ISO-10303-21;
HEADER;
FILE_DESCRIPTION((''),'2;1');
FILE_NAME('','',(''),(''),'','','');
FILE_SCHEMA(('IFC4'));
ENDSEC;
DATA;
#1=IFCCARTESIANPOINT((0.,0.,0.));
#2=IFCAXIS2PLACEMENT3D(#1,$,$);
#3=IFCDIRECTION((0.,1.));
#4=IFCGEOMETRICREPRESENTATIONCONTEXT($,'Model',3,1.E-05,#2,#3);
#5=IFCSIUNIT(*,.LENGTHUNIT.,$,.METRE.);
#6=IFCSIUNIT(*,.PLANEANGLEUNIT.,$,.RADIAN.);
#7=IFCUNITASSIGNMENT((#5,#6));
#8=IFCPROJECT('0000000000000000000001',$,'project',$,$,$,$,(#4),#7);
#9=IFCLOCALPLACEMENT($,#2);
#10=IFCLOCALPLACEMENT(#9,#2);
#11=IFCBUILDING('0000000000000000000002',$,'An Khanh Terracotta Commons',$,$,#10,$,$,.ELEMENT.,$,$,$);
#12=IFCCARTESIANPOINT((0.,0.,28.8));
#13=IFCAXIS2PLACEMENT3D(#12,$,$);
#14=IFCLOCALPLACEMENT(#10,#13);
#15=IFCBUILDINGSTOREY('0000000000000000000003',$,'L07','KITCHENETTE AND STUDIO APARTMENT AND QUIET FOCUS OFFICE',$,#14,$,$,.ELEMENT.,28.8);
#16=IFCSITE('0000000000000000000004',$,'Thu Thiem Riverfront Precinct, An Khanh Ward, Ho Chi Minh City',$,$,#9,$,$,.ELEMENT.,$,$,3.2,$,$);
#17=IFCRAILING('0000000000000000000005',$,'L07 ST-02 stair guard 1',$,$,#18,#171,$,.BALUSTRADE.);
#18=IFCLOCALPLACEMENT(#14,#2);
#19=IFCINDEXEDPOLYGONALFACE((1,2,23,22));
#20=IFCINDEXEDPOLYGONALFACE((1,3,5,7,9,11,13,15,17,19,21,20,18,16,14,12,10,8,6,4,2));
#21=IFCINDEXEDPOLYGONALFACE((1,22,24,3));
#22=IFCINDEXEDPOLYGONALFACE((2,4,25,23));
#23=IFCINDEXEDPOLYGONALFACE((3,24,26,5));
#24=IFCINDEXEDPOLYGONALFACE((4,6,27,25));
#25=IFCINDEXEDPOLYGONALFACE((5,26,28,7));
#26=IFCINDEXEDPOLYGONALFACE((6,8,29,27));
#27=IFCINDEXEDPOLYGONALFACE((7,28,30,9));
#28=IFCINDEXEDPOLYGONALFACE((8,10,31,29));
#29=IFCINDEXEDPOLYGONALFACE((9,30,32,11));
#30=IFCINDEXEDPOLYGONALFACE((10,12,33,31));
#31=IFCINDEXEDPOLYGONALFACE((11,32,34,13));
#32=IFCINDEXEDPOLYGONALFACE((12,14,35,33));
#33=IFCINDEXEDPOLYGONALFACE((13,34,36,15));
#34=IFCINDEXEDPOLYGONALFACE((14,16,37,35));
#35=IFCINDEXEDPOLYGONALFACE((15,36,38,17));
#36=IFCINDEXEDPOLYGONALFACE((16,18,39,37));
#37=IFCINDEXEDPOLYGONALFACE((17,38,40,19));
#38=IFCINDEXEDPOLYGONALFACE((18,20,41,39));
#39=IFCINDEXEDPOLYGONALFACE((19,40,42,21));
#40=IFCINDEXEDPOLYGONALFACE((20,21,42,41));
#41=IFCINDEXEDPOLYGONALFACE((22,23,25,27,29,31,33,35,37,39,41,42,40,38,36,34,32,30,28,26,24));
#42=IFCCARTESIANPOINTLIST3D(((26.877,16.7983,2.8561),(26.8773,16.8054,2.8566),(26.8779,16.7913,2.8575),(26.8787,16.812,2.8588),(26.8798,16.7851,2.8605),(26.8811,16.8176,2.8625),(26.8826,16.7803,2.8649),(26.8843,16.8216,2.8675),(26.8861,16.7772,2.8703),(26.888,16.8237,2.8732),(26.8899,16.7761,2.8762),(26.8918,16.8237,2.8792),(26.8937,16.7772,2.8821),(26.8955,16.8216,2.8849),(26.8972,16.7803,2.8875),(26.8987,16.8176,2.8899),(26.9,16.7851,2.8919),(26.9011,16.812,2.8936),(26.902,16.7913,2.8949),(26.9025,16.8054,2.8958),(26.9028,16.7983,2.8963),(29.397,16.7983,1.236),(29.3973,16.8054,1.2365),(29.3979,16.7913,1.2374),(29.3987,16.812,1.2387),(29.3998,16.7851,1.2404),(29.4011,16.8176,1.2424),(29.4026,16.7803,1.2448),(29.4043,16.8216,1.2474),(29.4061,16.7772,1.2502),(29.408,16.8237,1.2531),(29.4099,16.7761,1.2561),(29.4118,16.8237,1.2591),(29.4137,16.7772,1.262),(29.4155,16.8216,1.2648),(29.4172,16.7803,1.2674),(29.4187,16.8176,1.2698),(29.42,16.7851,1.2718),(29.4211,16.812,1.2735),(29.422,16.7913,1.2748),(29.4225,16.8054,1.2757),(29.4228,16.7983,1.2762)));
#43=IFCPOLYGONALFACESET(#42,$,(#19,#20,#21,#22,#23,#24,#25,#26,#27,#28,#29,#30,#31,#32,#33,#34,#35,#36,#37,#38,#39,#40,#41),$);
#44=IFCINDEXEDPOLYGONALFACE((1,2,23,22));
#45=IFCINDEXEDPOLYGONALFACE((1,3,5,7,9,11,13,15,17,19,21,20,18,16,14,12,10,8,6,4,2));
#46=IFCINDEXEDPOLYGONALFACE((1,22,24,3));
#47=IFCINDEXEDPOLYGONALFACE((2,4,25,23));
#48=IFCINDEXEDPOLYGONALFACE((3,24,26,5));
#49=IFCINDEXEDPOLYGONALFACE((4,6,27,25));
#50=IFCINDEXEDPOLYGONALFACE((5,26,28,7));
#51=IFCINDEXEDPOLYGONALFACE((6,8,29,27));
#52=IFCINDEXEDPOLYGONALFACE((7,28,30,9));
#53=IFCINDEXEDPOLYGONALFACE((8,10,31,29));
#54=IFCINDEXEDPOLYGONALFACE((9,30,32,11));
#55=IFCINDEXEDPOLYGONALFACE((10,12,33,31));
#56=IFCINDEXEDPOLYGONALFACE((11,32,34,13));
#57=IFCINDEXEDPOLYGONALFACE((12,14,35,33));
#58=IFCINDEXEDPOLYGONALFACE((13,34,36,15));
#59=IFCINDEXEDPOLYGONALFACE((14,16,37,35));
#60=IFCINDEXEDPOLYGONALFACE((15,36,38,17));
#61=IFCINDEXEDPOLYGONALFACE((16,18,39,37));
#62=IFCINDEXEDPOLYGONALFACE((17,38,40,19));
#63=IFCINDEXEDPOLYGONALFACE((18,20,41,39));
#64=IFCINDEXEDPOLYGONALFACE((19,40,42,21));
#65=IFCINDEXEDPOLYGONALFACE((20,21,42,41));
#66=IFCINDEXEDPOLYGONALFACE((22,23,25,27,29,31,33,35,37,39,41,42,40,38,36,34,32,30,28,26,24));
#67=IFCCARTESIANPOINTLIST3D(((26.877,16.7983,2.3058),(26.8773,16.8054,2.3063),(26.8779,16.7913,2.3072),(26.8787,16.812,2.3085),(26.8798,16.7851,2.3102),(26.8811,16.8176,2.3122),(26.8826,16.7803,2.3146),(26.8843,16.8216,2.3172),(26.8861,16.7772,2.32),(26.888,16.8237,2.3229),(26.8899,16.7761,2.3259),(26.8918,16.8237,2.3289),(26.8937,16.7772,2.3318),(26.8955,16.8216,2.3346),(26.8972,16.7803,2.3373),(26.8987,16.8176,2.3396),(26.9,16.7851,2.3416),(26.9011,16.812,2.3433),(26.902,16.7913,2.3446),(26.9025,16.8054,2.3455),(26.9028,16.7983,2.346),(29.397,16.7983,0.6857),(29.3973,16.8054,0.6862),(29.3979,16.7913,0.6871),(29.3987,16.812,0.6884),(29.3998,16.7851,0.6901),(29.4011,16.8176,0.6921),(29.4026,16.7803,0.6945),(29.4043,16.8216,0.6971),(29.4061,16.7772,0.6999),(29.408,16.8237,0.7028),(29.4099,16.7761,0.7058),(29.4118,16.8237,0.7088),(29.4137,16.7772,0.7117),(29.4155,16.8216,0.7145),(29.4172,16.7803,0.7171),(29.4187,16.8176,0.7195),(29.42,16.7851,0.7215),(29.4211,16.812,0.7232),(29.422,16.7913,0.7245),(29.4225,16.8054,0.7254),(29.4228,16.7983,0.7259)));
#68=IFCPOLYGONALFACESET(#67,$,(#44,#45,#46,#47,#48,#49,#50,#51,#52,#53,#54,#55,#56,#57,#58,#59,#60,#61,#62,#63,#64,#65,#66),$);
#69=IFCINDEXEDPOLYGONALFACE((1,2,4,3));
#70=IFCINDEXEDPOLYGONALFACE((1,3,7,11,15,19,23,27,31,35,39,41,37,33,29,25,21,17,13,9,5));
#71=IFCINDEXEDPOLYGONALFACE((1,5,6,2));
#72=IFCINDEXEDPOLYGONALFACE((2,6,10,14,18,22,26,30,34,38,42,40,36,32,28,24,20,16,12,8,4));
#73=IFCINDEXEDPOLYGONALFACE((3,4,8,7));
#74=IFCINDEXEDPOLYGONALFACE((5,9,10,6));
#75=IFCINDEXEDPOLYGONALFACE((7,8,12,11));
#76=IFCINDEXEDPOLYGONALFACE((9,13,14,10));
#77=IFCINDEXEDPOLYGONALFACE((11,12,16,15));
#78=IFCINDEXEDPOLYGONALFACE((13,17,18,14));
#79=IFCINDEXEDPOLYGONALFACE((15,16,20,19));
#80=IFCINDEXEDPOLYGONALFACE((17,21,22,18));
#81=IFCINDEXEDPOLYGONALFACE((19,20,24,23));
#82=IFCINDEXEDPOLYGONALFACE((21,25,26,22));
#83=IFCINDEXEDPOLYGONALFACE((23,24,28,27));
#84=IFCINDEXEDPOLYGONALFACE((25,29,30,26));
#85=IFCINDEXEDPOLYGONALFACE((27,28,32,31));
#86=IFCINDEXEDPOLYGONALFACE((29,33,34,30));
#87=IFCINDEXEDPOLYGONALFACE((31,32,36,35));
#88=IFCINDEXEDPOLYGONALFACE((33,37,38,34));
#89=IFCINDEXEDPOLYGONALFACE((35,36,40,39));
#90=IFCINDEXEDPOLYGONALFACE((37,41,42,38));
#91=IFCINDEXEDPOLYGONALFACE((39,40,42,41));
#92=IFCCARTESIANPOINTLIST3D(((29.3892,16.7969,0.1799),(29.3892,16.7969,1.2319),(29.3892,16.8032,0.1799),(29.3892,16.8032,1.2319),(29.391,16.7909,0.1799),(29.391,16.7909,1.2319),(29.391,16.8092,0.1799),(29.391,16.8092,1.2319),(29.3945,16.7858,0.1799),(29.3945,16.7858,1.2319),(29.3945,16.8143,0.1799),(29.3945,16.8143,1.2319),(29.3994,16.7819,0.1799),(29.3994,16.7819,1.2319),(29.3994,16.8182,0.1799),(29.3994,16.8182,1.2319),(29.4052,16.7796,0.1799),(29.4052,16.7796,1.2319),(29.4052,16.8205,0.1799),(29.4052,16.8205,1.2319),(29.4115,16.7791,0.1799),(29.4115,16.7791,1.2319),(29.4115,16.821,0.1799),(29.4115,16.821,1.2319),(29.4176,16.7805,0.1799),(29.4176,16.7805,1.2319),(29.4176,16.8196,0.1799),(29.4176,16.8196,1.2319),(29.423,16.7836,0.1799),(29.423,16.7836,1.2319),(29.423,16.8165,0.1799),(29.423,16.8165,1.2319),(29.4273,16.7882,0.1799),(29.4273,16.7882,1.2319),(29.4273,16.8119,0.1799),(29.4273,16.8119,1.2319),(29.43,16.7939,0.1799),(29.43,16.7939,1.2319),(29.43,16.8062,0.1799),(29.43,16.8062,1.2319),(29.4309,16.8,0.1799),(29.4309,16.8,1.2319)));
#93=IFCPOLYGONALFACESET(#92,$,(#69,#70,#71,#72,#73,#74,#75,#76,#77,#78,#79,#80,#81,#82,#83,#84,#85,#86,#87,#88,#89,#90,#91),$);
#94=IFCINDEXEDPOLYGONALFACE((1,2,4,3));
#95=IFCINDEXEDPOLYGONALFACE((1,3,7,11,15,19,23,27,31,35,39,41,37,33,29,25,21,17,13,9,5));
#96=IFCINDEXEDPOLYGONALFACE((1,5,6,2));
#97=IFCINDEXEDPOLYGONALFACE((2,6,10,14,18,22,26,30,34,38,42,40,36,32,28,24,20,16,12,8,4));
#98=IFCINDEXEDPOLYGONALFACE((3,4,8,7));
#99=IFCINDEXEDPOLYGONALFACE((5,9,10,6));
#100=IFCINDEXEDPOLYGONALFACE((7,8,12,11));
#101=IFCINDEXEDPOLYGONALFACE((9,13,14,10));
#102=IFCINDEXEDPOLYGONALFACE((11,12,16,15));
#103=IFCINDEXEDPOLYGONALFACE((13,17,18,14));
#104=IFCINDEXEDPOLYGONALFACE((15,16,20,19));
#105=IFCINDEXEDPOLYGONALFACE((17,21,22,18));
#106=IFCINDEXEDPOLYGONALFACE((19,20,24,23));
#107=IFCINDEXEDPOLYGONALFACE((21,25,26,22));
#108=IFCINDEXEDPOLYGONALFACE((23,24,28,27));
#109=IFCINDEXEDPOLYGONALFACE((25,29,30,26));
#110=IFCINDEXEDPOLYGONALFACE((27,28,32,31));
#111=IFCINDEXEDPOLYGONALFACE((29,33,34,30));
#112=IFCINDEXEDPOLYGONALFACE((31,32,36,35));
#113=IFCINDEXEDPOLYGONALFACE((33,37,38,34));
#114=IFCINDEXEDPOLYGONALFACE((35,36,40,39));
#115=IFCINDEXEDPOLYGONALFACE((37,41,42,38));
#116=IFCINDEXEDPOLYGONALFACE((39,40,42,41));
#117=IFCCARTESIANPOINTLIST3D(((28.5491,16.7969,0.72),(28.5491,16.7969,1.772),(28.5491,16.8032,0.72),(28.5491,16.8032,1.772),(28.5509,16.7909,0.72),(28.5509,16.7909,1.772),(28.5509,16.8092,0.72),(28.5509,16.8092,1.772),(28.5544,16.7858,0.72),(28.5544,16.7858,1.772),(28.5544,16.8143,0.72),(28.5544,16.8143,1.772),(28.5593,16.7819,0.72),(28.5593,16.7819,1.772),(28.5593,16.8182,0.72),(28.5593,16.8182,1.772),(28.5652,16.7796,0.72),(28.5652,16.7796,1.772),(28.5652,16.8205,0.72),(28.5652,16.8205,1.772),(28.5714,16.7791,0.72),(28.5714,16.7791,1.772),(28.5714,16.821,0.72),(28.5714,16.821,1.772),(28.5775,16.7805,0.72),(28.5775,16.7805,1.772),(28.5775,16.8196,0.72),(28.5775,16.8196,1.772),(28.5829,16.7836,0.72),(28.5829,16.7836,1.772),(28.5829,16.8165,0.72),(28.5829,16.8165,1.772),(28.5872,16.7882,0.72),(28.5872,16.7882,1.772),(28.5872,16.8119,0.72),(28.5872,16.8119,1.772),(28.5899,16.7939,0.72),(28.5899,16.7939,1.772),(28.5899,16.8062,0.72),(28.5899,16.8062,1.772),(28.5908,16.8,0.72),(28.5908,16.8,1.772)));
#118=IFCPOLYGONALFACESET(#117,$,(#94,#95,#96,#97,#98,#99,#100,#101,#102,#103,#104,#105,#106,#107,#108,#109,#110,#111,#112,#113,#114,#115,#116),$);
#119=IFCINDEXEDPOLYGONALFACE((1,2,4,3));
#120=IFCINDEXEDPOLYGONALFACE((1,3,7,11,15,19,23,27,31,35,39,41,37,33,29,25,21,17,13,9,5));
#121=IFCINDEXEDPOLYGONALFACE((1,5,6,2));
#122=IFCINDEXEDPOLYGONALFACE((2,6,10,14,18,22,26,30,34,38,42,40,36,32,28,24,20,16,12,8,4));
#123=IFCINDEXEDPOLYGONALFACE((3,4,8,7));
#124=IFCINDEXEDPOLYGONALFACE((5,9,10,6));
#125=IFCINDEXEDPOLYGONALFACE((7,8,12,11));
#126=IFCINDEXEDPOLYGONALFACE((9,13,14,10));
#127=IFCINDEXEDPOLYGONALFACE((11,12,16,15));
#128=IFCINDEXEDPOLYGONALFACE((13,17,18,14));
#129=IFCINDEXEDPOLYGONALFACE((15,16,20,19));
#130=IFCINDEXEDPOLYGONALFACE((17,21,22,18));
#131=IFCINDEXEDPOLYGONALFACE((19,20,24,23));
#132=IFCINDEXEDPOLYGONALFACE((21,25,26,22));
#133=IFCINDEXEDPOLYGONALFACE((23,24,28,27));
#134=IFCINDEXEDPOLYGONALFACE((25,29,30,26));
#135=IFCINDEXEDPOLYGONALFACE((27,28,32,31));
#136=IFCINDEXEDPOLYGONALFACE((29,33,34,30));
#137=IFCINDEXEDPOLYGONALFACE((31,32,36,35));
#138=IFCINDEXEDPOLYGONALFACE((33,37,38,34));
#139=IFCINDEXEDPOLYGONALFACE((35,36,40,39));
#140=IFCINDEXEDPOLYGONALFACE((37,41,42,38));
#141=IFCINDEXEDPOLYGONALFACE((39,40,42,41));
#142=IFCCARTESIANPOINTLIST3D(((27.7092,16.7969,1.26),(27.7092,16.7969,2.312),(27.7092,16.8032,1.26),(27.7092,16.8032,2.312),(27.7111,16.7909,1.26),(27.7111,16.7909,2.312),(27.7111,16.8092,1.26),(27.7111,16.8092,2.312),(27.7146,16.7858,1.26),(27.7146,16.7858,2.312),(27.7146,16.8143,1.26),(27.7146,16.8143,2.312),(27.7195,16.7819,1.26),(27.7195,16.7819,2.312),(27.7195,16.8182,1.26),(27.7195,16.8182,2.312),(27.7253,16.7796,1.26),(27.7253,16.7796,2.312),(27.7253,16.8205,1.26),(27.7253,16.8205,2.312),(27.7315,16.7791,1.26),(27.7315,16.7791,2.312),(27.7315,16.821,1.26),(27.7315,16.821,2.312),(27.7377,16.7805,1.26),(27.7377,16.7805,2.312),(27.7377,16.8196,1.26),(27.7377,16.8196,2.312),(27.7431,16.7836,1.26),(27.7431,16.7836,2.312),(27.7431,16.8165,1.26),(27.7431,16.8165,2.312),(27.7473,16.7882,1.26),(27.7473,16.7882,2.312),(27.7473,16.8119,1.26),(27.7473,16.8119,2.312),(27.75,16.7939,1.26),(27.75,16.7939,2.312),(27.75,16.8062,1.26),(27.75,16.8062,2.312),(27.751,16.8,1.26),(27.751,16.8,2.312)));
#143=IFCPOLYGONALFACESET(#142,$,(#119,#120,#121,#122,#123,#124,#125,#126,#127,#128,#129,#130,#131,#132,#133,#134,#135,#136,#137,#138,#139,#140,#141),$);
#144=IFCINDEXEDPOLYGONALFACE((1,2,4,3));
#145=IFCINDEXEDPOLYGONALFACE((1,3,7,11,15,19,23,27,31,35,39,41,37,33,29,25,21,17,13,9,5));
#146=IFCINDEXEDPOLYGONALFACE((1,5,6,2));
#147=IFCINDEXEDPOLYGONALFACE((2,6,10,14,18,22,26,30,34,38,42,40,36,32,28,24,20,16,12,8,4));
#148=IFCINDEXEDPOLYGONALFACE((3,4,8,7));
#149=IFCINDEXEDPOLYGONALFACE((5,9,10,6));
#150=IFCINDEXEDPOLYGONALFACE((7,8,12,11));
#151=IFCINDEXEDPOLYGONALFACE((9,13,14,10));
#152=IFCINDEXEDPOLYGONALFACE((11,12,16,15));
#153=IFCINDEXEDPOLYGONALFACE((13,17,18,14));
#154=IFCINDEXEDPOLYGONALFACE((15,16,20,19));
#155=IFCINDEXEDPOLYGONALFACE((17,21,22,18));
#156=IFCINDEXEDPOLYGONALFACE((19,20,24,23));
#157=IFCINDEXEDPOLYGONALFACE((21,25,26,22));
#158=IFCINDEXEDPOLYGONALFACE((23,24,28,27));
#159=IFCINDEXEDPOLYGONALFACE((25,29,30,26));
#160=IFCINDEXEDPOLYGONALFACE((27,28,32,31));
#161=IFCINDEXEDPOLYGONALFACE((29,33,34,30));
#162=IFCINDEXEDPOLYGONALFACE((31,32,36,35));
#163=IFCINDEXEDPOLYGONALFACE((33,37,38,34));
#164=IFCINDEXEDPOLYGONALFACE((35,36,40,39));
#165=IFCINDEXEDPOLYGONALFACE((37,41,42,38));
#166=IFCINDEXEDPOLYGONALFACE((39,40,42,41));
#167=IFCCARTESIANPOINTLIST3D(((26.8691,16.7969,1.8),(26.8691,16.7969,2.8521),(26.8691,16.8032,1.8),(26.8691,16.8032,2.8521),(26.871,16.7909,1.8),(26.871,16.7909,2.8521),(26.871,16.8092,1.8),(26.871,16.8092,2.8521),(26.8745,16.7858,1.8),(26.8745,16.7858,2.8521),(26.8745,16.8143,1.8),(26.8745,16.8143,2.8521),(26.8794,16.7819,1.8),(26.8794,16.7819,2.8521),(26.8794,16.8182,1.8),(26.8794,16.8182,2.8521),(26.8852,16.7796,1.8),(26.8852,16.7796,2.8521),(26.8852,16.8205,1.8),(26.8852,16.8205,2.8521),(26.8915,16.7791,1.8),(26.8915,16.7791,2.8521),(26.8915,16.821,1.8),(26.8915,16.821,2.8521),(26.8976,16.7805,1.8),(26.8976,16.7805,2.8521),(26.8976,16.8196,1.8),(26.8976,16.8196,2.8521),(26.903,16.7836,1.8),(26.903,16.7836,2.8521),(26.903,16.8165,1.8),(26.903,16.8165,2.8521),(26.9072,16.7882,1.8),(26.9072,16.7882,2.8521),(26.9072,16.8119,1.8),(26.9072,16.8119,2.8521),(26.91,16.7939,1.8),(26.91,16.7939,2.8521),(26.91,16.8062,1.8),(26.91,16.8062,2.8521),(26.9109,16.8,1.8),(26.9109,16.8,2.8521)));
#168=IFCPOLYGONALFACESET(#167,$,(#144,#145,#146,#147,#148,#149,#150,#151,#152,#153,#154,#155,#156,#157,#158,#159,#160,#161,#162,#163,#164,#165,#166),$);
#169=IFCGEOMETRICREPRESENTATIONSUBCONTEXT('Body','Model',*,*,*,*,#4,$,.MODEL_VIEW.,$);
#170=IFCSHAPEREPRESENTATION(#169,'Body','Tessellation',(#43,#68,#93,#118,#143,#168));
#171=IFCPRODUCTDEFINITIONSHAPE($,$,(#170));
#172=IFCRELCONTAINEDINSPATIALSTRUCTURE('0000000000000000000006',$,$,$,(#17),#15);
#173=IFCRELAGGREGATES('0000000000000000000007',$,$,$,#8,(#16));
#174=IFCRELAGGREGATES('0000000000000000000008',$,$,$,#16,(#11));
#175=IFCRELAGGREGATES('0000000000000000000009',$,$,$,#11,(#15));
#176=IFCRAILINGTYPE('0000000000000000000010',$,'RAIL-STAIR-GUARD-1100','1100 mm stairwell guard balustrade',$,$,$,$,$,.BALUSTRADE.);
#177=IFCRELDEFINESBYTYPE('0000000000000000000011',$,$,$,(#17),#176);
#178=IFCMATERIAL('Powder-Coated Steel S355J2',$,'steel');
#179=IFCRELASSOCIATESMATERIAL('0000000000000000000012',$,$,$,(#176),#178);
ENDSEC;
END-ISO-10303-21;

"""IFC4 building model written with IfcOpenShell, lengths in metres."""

from ifc_helpers import new_model, si_unit, direction, frame, origin, origin_2d, place, context, subcontext, project, spatial, circle, extrude, material, type_object, element, save


model = new_model("IFC4")

# Units and contexts
model_context = context("Model", 3, precision=1e-05, world=origin(), true_north=direction((0.0, 1.0)))
body_context = subcontext(model_context, "Body", "Model", "MODEL_VIEW")
ifc_project = project(units=[si_unit("LENGTHUNIT", "METRE"), si_unit("PLANEANGLEUNIT", "RADIAN")], contexts=[model_context])

# Site, building, storey
site_placement = place(None, origin())
site = spatial("IfcSite", under=ifc_project, at=site_placement, Name="Thu Thiem Riverfront Precinct, An Khanh Ward, Ho Chi Minh City", CompositionType="ELEMENT", RefElevation=3.2)
building_placement = place(site_placement, origin())
building = spatial("IfcBuilding", under=site, at=building_placement, Name="An Khanh Terracotta Commons", CompositionType="ELEMENT")
storey_placement = place(building_placement, frame((0.0, 0.0, 28.8)))
storey = spatial("IfcBuildingStorey", under=building, at=storey_placement, Name="L07", Description="KITCHENETTE AND STUDIO APARTMENT AND QUIET FOCUS OFFICE", CompositionType="ELEMENT", Elevation=28.8)

# Railing
ifc_material_1 = material(Name="Powder-Coated Steel S355J2", Category="steel")
railing_type_1 = type_object("IfcRailingType", Name="RAIL-STAIR-GUARD-1100", Description="1100 mm stairwell guard balustrade", PredefinedType="BALUSTRADE", material=ifc_material_1)
railing_1_placement = place(storey_placement, frame((29.4099, 16.8, 0.1799)))
element("IfcRailing", 1, at=railing_1_placement, inside=storey, type_object=railing_type_1, Name="L07 ST-02 stair guard 1", PredefinedType="BALUSTRADE", context=body_context, shape_type="SweptSolid", body=[
    extrude(circle(Radius=0.0239, at=origin_2d()), frame((0.0, 0.0, 1.0762), z_axis=(-0.841163, 0.0, 0.540782), x_axis=(0.0, -1.0, 0.0)), (0.0, 0.0, 1.0), 2.9958),
    extrude(circle(Radius=0.0239, at=origin_2d()), frame((0.0, 0.0, 0.5259), z_axis=(-0.841163, 0.0, 0.540782), x_axis=(0.0, -1.0, 0.0)), (0.0, 0.0, 1.0), 2.9958),
    extrude(circle(Radius=0.021, at=origin_2d()), origin(), (0.0, 0.0, 1.0), 1.052),
    extrude(circle(Radius=0.021, at=origin_2d()), frame((-0.8401, 0.0, 0.54)), (0.0, 0.0, 1.0), 1.052),
    extrude(circle(Radius=0.021, at=origin_2d()), frame((-1.6799, 0.0, 1.0801)), (0.0, 0.0, 1.0), 1.052),
    extrude(circle(Radius=0.021, at=origin_2d()), frame((-2.52, 0.0, 1.6201)), (0.0, 0.0, 1.0), 1.052),
])

save(model, "model.ifc")
